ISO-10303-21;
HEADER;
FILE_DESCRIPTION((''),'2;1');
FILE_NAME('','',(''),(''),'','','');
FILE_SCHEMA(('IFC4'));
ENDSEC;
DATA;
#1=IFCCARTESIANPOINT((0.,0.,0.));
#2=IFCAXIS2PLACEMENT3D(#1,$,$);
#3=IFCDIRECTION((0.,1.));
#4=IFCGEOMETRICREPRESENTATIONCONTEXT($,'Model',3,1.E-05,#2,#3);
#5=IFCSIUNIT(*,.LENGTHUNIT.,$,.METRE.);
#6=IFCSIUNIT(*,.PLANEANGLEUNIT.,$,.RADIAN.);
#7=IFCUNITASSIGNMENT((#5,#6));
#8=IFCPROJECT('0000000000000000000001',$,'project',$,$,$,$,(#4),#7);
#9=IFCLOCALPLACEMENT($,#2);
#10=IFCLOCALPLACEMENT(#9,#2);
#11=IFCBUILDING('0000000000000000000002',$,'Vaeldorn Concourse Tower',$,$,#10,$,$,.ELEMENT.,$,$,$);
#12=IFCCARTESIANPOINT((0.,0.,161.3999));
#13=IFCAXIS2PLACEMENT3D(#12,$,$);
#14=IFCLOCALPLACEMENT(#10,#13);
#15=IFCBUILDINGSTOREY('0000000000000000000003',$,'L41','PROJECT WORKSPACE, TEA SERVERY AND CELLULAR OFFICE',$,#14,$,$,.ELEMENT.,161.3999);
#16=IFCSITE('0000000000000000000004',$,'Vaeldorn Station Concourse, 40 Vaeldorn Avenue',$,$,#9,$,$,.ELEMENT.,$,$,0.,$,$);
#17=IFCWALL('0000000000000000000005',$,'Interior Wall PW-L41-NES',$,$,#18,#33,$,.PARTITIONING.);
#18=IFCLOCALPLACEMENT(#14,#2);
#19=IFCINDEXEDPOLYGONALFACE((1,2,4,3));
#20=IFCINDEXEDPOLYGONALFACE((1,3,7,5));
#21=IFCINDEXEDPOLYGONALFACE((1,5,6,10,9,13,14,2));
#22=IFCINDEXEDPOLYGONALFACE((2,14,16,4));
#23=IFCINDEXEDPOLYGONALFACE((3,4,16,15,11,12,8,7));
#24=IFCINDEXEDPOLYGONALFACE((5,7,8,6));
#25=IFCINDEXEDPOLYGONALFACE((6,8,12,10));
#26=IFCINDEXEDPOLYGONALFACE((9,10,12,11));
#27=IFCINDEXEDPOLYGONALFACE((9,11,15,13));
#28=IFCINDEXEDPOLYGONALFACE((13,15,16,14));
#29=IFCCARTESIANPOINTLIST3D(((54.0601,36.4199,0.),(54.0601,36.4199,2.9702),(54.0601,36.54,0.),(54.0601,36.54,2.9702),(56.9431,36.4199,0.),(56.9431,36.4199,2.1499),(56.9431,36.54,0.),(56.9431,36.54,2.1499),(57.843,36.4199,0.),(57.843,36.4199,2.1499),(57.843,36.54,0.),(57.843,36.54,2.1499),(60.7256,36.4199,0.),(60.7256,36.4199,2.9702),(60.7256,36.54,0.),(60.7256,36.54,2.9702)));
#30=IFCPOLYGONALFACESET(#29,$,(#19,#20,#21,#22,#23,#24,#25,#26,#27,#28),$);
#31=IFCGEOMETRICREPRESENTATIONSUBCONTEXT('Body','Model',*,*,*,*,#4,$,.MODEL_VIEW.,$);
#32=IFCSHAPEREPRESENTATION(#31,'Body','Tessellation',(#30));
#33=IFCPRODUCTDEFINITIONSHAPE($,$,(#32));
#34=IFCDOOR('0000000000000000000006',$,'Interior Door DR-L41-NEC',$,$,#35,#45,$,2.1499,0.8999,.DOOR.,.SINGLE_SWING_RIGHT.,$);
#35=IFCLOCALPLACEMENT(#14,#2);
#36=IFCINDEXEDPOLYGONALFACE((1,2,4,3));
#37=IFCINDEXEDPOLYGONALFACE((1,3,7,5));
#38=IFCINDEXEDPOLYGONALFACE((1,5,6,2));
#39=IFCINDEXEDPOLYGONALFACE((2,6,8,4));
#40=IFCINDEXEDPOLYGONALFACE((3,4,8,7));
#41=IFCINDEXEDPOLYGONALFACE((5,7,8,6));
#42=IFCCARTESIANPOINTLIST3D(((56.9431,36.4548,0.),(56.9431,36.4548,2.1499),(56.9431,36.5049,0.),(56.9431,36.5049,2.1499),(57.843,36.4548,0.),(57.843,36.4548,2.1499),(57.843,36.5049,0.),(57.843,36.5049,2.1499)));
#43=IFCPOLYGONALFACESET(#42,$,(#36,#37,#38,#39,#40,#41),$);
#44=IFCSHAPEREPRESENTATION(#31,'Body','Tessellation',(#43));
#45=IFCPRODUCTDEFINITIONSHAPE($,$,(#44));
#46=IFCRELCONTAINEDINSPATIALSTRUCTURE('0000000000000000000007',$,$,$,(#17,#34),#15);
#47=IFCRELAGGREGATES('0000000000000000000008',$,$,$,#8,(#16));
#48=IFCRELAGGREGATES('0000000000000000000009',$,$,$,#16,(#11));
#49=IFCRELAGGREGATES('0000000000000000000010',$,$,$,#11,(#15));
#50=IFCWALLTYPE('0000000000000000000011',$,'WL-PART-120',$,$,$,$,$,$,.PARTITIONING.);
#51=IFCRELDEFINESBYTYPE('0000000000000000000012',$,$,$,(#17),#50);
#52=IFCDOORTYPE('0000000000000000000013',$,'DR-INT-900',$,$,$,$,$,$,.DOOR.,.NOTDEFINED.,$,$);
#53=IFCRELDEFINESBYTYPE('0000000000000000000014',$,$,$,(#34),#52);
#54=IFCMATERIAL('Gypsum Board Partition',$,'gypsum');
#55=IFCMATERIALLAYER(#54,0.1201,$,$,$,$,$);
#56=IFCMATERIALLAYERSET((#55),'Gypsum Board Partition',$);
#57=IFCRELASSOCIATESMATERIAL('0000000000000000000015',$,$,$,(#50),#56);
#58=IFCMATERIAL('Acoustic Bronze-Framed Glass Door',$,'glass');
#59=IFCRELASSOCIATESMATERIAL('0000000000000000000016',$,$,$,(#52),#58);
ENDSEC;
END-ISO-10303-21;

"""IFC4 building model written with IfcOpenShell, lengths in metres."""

from ifc_helpers import new_model, si_unit, direction, frame, frame_2d, origin, place, context, subcontext, project, spatial, rectangle, extrude, source, transform, mapped, material, layer, layer_set, type_object, element, fill, save


model = new_model("IFC4")

# Units and contexts
model_context = context("Model", 3, precision=1e-05, world=origin(), true_north=direction((0.0, 1.0)))
body_context = subcontext(model_context, "Body", "Model", "MODEL_VIEW")
ifc_project = project(units=[si_unit("LENGTHUNIT", "METRE"), si_unit("PLANEANGLEUNIT", "RADIAN")], contexts=[model_context])

# Site, building, storey
site_placement = place(None, origin())
site = spatial("IfcSite", under=ifc_project, at=site_placement, Name="Vaeldorn Station Concourse, 40 Vaeldorn Avenue", CompositionType="ELEMENT", RefElevation=0.0)
building_placement = place(site_placement, origin())
building = spatial("IfcBuilding", under=site, at=building_placement, Name="Vaeldorn Concourse Tower", CompositionType="ELEMENT")
storey_placement = place(building_placement, frame((0.0, 0.0, 161.3999)))
storey = spatial("IfcBuildingStorey", under=building, at=storey_placement, Name="L41", Description="PROJECT WORKSPACE, TEA SERVERY AND CELLULAR OFFICE", CompositionType="ELEMENT", Elevation=161.3999)

# Wall, opening, door
ifc_material_1 = material(Name="Gypsum Board Partition", Category="gypsum")
ifc_layer_1 = layer(ifc_material_1, 0.1201)
ifc_layer_set_1 = layer_set([ifc_layer_1], Name="Gypsum Board Partition")
wall_type_1 = type_object("IfcWallType", Name="WL-PART-120", PredefinedType="PARTITIONING", material=ifc_layer_set_1)
wall_1_placement = place(storey_placement, frame((54.0601, 36.48, 0.0), z_axis=(0.0, 0.0, 1.0), x_axis=(1.0, 0.0, 0.0)))
wall_1 = element("IfcWall", 1, at=wall_1_placement, inside=storey, type_object=wall_type_1, Name="Interior Wall PW-L41-NES", PredefinedType="PARTITIONING", context=body_context, shape_type="SweptSolid", body=[
    extrude(rectangle(XDim=6.6655, YDim=0.1201, at=frame_2d((3.3328, 0.0))), origin(), (0.0, 0.0, 1.0), 2.9702),
])
opening_placement = place(wall_1_placement, frame((2.8831, 0.0, 0.0)))
opening = element("IfcOpeningElement", 2, at=opening_placement, cuts=wall_1, PredefinedType="OPENING", context=body_context, shape_type="SweptSolid", body=[
    extrude(rectangle(XDim=0.8999, YDim=2.1499, at=frame_2d((0.45, 1.075))), frame((0.0, 0.0701, 0.0), z_axis=(0.0, -1.0, 0.0), x_axis=(1.0, 0.0, 0.0)), (0.0, 0.0, 1.0), 0.1401),
])
ifc_material_2 = material(Name="Acoustic Bronze-Framed Glass Door", Category="glass")
door_type = type_object("IfcDoorType", Name="DR-INT-900", OperationType="NOTDEFINED", PredefinedType="DOOR", material=ifc_material_2)
shared_shape_1 = source(origin(), body_context, "Body", "SweptSolid", [
    extrude(rectangle(XDim=0.8999, YDim=2.1499, at=frame_2d((0.45, 1.075))), frame((0.0, 0.0249, 0.0), z_axis=(0.0, -1.0, 0.0), x_axis=(1.0, 0.0, 0.0)), (0.0, 0.0, 1.0), 0.05),
])
door_placement = place(opening_placement, origin())
door = element("IfcDoor", 3, at=door_placement, inside=storey, type_object=door_type, Name="Interior Door DR-L41-NEC", OperationType="SINGLE_SWING_RIGHT", OverallHeight=2.1499, OverallWidth=0.8999, PredefinedType="DOOR", context=body_context, shape_type="MappedRepresentation", body=[
    mapped(shared_shape_1, transform((0.0, 0.0, 0.0), scale=1.0)),
])
fill(opening, door)

save(model, "model.ifc")
